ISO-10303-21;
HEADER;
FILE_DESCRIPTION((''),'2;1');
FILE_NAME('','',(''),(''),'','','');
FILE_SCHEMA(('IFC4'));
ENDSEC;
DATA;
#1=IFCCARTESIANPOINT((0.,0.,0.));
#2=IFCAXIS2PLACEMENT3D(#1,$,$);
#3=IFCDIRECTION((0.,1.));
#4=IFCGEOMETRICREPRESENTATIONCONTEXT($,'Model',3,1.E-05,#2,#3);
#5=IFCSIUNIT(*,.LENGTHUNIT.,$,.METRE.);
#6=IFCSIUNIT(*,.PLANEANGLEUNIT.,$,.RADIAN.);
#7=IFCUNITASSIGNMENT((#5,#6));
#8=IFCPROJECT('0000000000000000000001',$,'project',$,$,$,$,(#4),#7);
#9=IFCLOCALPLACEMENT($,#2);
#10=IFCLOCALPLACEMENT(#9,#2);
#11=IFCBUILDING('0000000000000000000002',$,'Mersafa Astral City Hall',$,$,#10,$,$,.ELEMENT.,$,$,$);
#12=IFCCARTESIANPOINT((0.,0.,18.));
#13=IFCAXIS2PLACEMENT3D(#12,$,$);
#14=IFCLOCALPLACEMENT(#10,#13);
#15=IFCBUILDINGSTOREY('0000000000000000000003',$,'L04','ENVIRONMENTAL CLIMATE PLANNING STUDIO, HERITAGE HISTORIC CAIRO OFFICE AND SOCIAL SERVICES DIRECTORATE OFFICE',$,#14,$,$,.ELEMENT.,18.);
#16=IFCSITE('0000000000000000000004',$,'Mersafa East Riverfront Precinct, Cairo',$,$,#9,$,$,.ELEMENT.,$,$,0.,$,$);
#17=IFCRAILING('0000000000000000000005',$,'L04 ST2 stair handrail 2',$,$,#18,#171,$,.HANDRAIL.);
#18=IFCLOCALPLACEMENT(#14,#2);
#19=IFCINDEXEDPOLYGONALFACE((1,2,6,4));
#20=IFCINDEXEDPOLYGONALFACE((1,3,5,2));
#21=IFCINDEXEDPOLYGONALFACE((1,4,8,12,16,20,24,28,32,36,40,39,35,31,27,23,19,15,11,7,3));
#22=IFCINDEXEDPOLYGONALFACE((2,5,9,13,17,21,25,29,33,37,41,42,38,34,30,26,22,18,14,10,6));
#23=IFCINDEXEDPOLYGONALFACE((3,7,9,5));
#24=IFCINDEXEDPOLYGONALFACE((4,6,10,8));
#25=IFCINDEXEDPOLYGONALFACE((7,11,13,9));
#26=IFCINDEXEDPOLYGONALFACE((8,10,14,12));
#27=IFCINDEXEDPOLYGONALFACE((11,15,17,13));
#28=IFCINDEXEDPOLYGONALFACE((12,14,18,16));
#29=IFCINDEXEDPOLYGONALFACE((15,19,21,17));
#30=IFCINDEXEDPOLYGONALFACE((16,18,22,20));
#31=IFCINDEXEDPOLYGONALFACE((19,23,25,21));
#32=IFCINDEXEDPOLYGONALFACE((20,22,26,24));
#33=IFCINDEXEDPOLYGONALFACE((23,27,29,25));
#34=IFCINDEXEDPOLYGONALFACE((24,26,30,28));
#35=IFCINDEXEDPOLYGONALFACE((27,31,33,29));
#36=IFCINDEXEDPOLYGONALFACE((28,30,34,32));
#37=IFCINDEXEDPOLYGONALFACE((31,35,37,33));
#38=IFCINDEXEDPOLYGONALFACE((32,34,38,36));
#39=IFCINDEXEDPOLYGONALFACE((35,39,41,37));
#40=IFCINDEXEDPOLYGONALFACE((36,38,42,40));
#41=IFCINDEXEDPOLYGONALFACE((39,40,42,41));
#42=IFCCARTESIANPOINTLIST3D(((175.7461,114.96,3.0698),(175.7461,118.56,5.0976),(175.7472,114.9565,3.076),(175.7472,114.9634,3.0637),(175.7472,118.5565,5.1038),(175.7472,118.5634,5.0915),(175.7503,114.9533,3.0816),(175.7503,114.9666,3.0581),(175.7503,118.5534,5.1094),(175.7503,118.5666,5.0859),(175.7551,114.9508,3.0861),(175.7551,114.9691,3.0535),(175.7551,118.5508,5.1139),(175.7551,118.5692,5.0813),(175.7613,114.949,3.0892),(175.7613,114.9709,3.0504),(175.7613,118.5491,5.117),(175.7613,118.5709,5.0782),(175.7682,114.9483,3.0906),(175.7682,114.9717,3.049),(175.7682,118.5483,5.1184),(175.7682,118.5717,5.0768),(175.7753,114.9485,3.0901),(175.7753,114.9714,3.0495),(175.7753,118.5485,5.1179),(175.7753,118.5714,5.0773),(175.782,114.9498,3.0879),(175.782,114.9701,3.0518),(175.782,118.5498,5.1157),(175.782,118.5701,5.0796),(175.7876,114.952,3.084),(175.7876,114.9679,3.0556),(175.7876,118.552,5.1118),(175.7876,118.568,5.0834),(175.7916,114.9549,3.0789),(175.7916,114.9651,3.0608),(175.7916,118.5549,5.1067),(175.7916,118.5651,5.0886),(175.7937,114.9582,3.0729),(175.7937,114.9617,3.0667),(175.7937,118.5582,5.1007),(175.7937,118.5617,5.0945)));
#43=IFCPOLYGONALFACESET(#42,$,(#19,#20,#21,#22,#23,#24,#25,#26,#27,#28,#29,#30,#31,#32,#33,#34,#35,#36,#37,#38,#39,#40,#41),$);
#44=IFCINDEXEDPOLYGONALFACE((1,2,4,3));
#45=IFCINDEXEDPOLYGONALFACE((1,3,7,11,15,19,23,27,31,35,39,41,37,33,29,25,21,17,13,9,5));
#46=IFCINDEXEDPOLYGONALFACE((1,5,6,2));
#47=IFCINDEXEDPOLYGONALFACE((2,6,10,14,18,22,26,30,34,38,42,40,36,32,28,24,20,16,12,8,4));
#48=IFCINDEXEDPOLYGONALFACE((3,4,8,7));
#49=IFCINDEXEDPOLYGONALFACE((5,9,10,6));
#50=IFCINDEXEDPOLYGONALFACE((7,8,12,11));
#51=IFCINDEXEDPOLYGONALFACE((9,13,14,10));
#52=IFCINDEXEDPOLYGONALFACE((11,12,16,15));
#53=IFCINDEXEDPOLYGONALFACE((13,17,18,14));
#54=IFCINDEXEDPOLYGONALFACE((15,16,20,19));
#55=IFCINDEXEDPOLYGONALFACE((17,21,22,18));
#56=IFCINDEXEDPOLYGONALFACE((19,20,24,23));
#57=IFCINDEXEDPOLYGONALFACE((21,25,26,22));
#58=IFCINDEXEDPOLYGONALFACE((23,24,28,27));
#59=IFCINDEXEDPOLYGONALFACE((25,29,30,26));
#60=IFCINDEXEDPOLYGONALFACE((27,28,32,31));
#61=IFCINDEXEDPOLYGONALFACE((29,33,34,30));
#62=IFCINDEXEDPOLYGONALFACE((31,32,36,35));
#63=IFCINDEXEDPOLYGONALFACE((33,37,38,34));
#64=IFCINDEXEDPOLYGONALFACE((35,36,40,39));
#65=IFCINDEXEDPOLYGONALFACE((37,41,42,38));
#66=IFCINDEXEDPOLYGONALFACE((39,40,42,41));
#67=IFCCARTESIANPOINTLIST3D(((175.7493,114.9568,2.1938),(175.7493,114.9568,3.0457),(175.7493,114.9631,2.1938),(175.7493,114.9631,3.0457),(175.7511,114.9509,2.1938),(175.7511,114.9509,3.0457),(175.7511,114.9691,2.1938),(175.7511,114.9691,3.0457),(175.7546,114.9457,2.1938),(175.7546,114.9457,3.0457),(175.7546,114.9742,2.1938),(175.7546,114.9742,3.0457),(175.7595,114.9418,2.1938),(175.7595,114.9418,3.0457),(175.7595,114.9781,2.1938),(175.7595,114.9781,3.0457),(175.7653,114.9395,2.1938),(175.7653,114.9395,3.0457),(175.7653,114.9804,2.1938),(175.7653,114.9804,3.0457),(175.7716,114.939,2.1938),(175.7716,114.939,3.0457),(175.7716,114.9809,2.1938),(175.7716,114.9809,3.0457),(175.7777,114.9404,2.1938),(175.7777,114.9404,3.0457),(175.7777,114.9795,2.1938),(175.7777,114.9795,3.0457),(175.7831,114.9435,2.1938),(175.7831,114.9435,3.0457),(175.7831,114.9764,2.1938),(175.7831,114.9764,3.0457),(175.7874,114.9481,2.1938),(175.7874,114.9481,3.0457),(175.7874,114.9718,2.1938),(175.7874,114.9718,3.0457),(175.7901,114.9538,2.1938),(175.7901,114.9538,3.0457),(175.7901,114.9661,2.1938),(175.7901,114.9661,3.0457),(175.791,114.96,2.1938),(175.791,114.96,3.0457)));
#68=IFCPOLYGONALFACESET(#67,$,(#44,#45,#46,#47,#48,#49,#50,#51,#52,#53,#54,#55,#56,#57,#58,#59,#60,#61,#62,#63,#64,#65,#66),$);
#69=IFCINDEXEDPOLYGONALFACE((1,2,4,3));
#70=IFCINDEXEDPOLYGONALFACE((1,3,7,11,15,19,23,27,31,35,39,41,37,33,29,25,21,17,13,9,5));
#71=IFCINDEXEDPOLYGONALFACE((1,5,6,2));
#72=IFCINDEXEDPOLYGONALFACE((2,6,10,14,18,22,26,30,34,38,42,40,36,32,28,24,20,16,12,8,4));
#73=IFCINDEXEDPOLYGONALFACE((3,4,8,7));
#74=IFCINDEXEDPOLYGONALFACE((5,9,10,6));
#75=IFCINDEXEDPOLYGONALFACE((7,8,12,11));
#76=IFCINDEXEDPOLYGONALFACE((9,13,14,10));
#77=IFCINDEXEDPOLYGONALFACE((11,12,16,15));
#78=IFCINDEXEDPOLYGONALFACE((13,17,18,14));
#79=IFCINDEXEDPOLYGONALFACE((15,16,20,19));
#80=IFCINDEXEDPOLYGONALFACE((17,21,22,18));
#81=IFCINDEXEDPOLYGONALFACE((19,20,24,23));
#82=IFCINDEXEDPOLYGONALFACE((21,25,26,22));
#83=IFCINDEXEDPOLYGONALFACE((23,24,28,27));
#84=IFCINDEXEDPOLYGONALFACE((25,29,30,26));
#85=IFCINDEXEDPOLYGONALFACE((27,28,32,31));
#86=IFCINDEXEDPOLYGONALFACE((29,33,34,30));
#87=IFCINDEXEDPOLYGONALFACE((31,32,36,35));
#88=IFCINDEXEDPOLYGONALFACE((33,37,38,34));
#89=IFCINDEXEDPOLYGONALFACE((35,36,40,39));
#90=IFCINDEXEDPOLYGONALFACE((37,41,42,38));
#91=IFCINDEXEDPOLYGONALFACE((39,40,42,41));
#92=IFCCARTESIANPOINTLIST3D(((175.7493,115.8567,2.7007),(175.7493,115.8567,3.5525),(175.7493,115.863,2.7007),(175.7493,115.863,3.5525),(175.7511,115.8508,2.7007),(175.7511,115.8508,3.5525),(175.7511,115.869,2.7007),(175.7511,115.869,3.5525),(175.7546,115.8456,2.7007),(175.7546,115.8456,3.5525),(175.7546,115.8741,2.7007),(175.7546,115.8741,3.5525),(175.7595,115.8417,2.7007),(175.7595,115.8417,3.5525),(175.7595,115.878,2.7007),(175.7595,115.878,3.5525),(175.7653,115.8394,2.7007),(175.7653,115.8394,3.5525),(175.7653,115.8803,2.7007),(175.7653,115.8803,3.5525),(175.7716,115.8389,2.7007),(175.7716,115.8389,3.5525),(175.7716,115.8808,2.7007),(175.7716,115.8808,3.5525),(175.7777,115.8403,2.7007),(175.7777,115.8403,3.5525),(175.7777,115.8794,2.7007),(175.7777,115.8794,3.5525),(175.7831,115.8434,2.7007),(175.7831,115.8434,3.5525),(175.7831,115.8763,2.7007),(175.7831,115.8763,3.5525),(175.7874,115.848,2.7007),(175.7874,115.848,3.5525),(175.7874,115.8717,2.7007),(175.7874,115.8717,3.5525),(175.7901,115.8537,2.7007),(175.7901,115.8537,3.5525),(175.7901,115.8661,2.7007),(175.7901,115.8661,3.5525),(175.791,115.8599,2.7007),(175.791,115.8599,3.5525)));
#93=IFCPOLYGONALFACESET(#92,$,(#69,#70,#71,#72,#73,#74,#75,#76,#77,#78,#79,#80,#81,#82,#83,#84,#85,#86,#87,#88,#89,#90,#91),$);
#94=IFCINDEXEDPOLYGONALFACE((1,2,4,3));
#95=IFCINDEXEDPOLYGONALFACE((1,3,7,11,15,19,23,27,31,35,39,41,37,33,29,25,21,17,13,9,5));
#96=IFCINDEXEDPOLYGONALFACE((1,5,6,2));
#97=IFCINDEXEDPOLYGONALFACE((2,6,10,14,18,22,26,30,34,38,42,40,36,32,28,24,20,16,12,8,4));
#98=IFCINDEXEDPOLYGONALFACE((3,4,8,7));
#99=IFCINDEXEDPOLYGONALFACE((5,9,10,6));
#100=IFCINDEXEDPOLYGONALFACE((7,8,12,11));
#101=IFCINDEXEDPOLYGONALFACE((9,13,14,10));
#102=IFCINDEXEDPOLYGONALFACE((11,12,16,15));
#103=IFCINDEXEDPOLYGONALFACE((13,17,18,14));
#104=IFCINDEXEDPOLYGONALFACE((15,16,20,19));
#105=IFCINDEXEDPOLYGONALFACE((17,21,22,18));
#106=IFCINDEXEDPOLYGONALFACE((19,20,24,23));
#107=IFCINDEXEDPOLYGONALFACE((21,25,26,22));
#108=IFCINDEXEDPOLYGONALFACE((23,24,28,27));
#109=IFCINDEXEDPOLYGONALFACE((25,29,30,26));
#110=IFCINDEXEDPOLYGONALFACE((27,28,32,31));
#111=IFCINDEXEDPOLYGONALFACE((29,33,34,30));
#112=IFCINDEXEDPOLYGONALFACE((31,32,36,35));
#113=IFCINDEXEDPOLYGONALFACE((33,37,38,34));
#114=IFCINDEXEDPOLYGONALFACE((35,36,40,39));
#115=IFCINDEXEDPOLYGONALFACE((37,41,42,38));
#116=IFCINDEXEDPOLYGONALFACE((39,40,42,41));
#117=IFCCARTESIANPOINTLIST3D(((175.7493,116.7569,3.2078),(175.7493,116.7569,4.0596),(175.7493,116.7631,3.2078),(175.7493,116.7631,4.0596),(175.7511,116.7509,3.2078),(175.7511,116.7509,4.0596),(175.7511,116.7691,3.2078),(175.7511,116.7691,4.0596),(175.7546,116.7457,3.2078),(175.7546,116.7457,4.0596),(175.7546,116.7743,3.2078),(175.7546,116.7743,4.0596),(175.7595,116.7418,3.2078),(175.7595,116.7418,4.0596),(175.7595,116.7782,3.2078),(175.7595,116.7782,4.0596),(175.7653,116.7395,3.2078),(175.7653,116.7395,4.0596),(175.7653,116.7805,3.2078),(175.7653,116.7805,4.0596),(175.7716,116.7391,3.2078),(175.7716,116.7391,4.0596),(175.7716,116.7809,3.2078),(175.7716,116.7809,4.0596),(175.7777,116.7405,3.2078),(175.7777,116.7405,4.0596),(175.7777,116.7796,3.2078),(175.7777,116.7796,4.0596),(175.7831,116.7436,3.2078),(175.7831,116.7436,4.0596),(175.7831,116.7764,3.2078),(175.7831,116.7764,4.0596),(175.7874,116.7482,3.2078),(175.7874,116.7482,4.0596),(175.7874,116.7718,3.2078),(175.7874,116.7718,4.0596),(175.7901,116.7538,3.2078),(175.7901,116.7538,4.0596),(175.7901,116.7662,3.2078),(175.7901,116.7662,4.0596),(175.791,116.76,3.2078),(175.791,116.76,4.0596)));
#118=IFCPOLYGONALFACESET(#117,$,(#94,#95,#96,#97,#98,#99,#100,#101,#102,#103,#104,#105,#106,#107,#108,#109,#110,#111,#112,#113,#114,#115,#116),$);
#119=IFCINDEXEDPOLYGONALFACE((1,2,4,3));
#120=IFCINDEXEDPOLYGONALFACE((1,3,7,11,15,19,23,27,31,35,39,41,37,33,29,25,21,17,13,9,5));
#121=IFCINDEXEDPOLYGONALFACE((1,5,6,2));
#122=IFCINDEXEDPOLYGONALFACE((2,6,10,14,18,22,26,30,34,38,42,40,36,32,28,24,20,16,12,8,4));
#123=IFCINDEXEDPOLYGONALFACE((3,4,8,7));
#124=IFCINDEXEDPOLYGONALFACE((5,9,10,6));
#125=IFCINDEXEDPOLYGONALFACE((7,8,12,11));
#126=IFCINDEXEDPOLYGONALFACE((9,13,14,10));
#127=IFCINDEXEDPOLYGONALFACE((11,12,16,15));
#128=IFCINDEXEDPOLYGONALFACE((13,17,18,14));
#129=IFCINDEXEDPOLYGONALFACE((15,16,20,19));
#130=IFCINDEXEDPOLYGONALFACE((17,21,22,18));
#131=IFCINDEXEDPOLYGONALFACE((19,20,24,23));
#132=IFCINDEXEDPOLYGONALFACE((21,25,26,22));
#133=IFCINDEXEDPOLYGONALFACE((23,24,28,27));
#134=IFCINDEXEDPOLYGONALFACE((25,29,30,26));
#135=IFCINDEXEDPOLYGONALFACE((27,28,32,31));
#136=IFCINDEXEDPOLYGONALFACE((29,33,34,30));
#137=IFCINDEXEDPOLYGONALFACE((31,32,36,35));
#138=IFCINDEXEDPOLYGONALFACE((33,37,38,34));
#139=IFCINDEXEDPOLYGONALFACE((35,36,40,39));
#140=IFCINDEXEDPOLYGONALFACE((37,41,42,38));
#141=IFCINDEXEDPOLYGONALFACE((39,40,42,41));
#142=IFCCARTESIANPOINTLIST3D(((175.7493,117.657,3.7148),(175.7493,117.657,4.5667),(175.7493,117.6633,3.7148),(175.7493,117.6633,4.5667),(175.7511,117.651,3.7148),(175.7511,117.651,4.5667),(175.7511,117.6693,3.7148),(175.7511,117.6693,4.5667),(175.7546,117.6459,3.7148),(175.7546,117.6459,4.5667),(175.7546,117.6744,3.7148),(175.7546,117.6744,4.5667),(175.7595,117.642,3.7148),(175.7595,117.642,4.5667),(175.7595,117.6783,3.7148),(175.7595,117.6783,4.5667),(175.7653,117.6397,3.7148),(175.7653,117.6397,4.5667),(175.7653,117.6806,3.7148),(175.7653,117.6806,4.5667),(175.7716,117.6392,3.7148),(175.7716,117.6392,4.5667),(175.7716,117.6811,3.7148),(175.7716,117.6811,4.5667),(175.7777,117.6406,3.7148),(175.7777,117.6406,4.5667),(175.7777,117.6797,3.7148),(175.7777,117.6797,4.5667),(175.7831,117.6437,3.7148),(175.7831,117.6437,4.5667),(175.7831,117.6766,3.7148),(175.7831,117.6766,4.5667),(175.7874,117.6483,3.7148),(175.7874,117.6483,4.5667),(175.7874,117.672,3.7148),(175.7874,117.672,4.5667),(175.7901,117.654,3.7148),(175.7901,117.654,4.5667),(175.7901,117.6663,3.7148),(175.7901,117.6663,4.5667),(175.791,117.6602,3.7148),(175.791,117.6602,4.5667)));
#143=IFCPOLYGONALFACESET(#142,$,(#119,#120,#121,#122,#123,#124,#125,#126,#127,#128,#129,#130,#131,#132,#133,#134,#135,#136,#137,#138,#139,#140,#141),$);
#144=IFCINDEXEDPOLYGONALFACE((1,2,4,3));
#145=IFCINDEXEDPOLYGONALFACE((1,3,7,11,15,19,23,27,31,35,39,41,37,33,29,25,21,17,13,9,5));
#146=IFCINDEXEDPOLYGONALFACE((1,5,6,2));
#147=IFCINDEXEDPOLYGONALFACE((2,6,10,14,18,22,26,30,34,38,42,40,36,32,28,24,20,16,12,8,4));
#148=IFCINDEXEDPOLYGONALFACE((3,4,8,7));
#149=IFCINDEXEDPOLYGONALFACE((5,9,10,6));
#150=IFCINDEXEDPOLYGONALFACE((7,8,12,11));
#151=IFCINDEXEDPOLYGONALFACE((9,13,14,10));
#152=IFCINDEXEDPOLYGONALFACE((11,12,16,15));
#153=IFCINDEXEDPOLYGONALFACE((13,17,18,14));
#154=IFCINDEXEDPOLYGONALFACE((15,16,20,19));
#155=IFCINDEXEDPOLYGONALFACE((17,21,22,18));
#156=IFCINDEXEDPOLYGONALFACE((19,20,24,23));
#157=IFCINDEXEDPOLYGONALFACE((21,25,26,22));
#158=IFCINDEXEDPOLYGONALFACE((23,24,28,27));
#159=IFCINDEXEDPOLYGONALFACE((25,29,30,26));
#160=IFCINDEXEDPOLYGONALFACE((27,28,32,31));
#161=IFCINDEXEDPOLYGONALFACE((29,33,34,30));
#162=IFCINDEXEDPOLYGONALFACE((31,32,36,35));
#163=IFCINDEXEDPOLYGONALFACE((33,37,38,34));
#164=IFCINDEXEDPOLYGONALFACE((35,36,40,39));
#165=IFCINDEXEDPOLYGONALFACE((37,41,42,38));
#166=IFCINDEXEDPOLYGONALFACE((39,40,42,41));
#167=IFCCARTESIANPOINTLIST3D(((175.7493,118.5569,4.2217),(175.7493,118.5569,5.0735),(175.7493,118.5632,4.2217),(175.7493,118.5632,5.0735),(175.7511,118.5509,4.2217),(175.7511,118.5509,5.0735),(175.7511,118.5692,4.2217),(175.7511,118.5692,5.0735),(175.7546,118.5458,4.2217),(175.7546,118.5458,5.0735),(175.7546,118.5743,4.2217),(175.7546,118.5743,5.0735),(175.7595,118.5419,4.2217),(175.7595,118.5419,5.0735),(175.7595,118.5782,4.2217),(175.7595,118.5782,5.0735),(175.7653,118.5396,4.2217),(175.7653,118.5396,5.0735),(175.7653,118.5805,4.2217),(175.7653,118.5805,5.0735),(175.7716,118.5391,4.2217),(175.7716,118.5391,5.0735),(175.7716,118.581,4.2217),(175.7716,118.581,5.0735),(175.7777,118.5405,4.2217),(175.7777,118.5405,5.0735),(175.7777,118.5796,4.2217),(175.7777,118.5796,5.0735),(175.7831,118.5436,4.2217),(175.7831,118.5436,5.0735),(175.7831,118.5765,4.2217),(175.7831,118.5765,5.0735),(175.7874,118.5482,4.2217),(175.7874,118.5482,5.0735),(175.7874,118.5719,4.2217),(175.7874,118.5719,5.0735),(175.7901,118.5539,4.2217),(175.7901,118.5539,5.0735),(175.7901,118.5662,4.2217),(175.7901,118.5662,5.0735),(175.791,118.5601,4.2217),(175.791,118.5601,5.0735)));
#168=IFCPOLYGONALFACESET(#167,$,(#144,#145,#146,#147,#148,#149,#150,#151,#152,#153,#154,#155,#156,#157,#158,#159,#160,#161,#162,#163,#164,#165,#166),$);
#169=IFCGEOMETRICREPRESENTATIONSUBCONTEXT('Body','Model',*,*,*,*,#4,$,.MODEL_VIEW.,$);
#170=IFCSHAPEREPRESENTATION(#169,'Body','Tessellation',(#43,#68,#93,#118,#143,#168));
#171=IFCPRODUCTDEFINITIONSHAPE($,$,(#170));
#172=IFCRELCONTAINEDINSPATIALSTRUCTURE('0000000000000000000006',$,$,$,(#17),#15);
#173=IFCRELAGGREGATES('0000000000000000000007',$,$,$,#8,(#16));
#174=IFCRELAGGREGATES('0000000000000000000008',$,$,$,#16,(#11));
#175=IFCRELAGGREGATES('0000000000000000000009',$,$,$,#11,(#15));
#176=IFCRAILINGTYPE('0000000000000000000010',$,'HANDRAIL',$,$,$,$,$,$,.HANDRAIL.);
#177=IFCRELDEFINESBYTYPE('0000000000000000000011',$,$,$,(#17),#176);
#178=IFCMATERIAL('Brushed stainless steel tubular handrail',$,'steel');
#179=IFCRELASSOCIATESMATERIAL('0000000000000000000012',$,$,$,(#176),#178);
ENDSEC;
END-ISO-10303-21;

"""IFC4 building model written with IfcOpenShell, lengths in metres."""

from ifc_helpers import new_model, si_unit, direction, frame, origin, origin_2d, place, context, subcontext, project, spatial, circle, extrude, material, type_object, element, save


model = new_model("IFC4")

# Units and contexts
model_context = context("Model", 3, precision=1e-05, world=origin(), true_north=direction((0.0, 1.0)))
body_context = subcontext(model_context, "Body", "Model", "MODEL_VIEW")
ifc_project = project(units=[si_unit("LENGTHUNIT", "METRE"), si_unit("PLANEANGLEUNIT", "RADIAN")], contexts=[model_context])

# Site, building, storey
site_placement = place(None, origin())
site = spatial("IfcSite", under=ifc_project, at=site_placement, Name="Mersafa East Riverfront Precinct, Cairo", CompositionType="ELEMENT", RefElevation=0.0)
building_placement = place(site_placement, origin())
building = spatial("IfcBuilding", under=site, at=building_placement, Name="Mersafa Astral City Hall", CompositionType="ELEMENT")
storey_placement = place(building_placement, frame((0.0, 0.0, 18.0)))
storey = spatial("IfcBuildingStorey", under=building, at=storey_placement, Name="L04", Description="ENVIRONMENTAL CLIMATE PLANNING STUDIO, HERITAGE HISTORIC CAIRO OFFICE AND SOCIAL SERVICES DIRECTORATE OFFICE", CompositionType="ELEMENT", Elevation=18.0)

# Railing
ifc_material_1 = material(Name="Brushed stainless steel tubular handrail", Category="steel")
railing_type_1 = type_object("IfcRailingType", Name="HANDRAIL", PredefinedType="HANDRAIL", material=ifc_material_1)
railing_1_placement = place(storey_placement, frame((175.77, 114.96, 2.1938)))
element("IfcRailing", 1, at=railing_1_placement, inside=storey, type_object=railing_type_1, Name="L04 ST2 stair handrail 2", PredefinedType="HANDRAIL", context=body_context, shape_type="SweptSolid", body=[
    extrude(circle(Radius=0.0239, at=origin_2d()), frame((0.0, 0.0, 0.876), z_axis=(0.0, 0.871288, 0.490772), x_axis=(-1.0, 0.0, 0.0)), (0.0, 0.0, 1.0), 4.1318),
    extrude(circle(Radius=0.021, at=origin_2d()), origin(), (0.0, 0.0, 1.0), 0.8518),
    extrude(circle(Radius=0.021, at=origin_2d()), frame((0.0, 0.8999, 0.5068)), (0.0, 0.0, 1.0), 0.8518),
    extrude(circle(Radius=0.021, at=origin_2d()), frame((0.0, 1.8, 1.0139)), (0.0, 0.0, 1.0), 0.8518),
    extrude(circle(Radius=0.021, at=origin_2d()), frame((0.0, 2.7002, 1.521)), (0.0, 0.0, 1.0), 0.8518),
    extrude(circle(Radius=0.021, at=origin_2d()), frame((0.0, 3.6001, 2.0278)), (0.0, 0.0, 1.0), 0.8518),
])

save(model, "model.ifc")
